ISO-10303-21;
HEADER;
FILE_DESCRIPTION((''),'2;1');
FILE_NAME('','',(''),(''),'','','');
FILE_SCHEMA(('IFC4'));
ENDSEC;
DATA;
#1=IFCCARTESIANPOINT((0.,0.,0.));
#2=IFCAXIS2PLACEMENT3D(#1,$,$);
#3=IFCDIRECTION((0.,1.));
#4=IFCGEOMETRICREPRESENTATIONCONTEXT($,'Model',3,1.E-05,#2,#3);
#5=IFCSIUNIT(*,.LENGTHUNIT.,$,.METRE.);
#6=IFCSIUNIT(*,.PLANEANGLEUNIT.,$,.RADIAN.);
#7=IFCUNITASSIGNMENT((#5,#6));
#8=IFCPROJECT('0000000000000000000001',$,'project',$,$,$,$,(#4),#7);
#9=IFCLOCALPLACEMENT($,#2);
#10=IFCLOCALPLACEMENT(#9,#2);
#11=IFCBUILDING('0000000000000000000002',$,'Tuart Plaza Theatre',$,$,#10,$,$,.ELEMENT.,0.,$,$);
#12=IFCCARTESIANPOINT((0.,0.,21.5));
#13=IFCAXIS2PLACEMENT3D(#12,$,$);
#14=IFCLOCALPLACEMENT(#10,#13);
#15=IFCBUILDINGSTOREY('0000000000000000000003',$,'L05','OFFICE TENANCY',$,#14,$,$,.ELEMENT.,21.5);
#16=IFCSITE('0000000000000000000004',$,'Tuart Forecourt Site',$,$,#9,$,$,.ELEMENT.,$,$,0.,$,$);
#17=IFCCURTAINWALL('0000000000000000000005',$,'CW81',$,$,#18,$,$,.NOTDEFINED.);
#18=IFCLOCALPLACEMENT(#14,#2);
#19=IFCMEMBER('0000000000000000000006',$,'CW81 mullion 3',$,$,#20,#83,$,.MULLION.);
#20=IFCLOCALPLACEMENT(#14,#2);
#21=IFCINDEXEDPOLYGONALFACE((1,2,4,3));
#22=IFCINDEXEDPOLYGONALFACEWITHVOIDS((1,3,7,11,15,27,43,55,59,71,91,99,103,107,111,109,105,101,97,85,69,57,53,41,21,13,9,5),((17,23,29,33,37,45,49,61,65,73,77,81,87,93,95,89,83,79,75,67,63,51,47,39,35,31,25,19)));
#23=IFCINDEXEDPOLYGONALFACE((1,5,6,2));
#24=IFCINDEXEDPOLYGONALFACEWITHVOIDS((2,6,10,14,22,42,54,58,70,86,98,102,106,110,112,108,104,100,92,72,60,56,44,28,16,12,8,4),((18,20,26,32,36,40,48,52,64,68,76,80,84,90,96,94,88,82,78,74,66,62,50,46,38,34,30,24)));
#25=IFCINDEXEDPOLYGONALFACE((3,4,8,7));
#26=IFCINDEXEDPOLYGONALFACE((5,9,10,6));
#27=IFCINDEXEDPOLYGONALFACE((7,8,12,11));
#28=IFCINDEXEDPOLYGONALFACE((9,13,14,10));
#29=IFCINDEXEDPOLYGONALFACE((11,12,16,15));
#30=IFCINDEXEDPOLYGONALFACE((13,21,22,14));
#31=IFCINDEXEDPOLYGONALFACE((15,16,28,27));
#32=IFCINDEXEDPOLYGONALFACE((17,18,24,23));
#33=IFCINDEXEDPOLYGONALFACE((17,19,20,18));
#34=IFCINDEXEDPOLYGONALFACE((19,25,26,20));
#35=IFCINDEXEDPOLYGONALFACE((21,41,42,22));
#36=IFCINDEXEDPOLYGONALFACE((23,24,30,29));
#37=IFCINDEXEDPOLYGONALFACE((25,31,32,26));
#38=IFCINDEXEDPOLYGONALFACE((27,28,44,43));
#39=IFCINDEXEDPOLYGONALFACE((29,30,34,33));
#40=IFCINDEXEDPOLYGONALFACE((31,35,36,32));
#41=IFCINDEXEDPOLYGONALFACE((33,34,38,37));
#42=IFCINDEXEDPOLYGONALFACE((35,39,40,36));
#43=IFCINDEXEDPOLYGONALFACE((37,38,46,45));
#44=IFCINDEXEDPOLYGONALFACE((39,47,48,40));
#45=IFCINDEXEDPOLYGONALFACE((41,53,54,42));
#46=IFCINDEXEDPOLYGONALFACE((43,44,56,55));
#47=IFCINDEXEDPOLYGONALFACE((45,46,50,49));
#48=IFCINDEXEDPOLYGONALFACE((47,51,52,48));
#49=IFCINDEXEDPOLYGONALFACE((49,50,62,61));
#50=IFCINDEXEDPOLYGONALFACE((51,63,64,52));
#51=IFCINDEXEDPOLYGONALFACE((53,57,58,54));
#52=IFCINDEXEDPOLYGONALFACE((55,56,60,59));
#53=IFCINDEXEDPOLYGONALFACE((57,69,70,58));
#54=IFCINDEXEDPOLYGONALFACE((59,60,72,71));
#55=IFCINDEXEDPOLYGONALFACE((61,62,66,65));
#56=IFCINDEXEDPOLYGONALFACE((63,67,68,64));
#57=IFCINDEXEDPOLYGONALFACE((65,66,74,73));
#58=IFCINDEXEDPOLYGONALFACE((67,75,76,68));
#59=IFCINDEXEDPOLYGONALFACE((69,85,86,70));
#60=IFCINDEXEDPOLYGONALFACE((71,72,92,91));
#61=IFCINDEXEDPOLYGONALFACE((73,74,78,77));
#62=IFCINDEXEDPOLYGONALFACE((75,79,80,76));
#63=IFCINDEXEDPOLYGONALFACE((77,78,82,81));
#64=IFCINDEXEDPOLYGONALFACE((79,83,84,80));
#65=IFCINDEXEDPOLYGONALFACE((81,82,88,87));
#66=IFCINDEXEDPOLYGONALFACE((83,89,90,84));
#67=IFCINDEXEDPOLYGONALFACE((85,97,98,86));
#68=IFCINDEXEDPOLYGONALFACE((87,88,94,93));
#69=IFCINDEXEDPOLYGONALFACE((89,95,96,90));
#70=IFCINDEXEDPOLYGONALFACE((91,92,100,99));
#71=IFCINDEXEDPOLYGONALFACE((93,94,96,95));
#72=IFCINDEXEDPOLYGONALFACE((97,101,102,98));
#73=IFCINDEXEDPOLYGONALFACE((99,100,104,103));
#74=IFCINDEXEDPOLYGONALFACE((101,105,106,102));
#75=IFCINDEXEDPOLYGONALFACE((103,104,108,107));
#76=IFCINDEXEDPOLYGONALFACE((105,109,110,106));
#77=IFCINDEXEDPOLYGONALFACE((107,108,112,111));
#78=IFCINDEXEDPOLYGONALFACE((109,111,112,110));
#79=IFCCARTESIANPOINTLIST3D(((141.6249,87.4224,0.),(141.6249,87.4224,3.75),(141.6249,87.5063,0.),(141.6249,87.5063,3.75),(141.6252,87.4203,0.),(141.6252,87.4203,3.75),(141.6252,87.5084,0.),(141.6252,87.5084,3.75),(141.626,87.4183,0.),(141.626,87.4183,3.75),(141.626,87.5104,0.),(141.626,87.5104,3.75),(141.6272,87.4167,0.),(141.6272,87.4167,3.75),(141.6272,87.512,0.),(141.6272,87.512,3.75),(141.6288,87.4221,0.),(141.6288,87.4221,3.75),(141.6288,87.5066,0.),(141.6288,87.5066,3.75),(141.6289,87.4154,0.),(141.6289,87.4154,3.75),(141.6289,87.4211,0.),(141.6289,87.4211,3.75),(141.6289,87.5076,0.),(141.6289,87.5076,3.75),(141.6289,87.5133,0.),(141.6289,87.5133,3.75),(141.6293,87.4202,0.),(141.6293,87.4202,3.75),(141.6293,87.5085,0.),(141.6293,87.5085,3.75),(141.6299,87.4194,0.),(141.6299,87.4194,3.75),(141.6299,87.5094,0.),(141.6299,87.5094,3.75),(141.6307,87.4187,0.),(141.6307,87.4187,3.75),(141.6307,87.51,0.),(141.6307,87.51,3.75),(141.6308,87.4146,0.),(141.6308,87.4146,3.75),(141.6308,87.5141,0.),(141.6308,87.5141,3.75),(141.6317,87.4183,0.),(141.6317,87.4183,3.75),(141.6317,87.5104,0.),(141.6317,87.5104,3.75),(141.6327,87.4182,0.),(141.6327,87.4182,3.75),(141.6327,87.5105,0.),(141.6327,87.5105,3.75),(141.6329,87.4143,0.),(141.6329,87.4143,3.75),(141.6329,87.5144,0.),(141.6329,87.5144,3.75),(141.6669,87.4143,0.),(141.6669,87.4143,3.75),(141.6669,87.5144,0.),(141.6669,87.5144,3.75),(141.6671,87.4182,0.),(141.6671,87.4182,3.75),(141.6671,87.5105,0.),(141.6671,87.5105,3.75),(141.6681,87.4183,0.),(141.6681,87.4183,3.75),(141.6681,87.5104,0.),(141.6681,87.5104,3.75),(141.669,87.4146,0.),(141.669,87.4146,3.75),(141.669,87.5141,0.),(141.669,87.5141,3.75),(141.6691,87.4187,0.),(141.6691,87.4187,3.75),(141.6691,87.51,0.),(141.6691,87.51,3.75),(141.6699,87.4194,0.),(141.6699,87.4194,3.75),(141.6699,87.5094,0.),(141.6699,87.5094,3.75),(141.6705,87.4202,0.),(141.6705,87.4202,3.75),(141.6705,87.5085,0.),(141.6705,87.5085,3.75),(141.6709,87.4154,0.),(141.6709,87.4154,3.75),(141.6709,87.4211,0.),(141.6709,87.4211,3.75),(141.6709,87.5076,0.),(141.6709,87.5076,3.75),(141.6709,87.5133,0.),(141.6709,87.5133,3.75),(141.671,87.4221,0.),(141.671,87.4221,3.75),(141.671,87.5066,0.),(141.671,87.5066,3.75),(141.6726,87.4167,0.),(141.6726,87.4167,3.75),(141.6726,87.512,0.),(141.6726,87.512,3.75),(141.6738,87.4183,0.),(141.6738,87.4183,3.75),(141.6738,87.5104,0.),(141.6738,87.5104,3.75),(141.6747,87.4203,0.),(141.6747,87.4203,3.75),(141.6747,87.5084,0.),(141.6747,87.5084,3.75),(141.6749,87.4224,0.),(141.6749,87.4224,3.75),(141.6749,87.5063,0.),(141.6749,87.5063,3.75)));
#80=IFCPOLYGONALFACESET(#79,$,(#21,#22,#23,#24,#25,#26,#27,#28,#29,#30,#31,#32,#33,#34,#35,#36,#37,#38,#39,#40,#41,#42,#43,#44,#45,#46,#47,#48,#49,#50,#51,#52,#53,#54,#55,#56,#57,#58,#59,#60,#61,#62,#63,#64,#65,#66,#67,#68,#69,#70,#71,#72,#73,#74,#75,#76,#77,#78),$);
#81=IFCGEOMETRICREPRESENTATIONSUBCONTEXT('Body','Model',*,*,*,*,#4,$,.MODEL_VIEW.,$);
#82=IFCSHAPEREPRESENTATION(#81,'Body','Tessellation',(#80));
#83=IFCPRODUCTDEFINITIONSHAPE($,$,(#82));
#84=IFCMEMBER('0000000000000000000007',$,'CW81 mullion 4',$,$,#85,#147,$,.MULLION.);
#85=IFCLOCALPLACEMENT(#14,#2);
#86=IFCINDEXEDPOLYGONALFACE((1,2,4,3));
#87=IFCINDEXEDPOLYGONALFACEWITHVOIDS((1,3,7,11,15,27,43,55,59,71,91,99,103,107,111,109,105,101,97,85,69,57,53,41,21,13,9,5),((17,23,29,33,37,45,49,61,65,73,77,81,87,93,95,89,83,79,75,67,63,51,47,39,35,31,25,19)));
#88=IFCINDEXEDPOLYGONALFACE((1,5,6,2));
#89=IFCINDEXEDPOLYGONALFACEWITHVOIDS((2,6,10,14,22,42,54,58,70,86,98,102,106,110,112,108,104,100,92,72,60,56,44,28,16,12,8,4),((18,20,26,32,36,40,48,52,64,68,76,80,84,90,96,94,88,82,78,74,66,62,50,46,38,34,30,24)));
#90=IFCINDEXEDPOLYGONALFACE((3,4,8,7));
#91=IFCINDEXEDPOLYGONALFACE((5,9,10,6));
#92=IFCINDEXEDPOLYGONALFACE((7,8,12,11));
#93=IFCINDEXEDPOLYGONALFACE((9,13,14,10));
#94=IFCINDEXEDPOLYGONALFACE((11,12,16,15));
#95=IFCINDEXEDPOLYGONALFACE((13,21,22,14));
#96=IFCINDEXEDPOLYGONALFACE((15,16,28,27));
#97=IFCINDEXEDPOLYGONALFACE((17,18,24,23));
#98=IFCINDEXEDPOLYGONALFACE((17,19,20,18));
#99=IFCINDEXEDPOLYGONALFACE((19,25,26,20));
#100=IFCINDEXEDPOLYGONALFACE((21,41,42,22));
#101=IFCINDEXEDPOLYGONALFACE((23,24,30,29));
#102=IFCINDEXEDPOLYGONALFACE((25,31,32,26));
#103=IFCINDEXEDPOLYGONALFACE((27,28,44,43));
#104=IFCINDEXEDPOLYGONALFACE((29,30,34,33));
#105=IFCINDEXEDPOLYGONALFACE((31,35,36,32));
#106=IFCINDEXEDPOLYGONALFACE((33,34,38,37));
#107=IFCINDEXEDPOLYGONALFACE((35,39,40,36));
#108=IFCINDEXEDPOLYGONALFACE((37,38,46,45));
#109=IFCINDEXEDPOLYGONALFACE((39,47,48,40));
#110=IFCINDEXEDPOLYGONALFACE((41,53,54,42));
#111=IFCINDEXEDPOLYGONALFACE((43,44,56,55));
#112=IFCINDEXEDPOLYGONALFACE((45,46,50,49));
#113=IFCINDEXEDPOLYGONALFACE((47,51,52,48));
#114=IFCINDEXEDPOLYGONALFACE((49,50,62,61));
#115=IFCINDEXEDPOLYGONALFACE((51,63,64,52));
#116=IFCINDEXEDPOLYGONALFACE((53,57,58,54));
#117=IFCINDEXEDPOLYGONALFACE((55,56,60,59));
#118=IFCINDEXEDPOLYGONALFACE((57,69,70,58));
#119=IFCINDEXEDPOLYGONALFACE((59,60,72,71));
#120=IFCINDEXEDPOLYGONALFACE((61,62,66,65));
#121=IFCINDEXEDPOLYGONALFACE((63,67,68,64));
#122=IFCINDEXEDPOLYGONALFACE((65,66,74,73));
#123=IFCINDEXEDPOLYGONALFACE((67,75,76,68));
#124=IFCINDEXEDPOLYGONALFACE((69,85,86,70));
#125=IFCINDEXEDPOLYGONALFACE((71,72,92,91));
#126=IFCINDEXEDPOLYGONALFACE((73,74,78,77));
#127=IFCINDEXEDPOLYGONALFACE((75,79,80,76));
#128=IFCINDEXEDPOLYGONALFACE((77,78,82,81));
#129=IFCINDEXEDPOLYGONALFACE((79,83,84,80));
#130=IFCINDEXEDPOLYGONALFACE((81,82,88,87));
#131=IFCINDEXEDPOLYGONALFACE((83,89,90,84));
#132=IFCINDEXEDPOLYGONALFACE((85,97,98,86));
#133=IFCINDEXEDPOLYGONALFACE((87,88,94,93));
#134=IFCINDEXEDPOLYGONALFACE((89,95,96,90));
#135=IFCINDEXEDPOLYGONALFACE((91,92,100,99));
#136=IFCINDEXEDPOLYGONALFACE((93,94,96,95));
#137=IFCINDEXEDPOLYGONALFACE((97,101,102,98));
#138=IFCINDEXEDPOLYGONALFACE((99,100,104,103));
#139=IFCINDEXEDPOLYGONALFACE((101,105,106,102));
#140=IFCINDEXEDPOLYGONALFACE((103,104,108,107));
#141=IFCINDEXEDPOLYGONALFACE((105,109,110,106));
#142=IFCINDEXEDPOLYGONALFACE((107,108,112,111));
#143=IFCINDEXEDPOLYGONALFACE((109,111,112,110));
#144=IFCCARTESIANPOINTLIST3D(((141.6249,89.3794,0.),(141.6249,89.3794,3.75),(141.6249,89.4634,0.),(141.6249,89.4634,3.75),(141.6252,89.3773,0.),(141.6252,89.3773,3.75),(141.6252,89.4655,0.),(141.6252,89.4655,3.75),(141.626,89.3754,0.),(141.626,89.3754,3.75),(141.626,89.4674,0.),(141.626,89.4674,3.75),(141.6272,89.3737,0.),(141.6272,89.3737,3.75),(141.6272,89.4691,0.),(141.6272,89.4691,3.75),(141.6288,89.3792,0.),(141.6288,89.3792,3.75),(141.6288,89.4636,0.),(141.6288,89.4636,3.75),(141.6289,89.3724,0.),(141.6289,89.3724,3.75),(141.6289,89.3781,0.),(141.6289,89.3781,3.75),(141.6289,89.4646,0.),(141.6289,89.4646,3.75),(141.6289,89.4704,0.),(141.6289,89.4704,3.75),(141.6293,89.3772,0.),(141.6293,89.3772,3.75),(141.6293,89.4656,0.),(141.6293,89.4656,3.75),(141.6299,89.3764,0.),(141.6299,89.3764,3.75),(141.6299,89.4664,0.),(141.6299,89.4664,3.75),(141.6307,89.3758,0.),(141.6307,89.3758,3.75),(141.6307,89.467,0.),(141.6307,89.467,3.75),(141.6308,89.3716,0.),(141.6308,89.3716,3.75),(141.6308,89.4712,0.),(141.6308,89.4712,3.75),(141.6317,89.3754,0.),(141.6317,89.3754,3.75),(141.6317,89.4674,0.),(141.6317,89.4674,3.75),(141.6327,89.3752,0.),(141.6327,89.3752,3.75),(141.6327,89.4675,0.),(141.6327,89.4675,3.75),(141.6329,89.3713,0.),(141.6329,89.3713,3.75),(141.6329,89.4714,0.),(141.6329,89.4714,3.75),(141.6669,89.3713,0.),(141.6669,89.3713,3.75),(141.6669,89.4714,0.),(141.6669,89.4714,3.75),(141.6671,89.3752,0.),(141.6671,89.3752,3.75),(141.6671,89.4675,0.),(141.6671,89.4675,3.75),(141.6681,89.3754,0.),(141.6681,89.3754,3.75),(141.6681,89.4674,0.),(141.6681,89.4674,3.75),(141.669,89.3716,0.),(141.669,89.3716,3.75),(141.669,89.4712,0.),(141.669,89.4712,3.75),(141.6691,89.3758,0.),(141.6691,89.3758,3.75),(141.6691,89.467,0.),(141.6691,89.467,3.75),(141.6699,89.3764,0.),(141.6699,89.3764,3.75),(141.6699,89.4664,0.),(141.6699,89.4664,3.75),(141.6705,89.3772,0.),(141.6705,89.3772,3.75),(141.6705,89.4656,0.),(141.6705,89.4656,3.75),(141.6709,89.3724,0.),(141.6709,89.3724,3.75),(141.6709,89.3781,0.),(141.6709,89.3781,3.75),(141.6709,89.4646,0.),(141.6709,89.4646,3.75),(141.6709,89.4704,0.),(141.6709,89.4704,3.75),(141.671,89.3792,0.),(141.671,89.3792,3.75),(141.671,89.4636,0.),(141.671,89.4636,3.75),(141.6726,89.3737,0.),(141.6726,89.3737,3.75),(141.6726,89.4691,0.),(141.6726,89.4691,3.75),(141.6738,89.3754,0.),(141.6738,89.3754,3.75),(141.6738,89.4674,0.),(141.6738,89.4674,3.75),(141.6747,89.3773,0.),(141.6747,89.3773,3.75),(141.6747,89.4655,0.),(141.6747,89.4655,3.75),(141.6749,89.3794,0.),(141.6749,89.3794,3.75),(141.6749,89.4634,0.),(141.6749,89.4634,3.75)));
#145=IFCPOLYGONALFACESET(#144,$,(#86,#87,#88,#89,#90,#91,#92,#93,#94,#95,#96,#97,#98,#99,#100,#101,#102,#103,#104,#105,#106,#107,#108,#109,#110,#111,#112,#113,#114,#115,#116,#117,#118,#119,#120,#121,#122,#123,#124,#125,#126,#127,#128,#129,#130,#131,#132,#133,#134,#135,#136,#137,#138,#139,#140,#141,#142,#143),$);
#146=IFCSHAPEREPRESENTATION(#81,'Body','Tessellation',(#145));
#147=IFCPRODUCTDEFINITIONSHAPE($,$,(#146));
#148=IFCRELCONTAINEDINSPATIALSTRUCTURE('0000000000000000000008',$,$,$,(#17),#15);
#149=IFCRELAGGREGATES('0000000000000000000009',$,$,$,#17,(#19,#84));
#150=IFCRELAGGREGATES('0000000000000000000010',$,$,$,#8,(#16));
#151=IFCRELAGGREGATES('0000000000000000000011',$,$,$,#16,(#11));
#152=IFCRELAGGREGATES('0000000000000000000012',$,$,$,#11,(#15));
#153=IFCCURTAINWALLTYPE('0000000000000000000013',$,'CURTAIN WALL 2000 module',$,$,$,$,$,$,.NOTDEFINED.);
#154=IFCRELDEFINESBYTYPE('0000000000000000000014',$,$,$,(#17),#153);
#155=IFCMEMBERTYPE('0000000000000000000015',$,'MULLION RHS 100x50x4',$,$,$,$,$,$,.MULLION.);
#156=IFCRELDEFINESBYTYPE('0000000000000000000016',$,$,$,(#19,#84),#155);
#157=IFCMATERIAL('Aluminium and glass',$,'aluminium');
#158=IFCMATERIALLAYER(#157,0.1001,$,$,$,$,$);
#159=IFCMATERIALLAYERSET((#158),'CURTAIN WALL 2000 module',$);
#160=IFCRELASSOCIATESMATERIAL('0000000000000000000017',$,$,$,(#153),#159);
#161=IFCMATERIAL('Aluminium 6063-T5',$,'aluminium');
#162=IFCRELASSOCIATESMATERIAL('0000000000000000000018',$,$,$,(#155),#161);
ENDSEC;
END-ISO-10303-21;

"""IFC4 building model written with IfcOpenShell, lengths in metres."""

from ifc_helpers import new_model, si_unit, direction, frame, origin, origin_2d, place, context, subcontext, project, spatial, hollow_rectangle, extrude, material, layer, layer_set, material_profile, profile_set, type_object, element, aggregate, save


model = new_model("IFC4")

# Units and contexts
model_context = context("Model", 3, precision=1e-05, world=origin(), true_north=direction((0.0, 1.0)))
body_context = subcontext(model_context, "Body", "Model", "MODEL_VIEW")
ifc_project = project(units=[si_unit("LENGTHUNIT", "METRE"), si_unit("PLANEANGLEUNIT", "RADIAN")], contexts=[model_context])

# Site, building, storey
site_placement = place(None, origin())
site = spatial("IfcSite", under=ifc_project, at=site_placement, Name="Tuart Forecourt Site", CompositionType="ELEMENT", RefElevation=0.0)
building_placement = place(site_placement, origin())
building = spatial("IfcBuilding", under=site, at=building_placement, Name="Tuart Plaza Theatre", CompositionType="ELEMENT", ElevationOfRefHeight=0.0)
storey_placement = place(building_placement, frame((0.0, 0.0, 21.5)))
storey = spatial("IfcBuildingStorey", under=building, at=storey_placement, Name="L05", Description="OFFICE TENANCY", CompositionType="ELEMENT", Elevation=21.5)

# Shared definitions
ifc_material_1 = material(Name="Aluminium and glass", Category="aluminium")
ifc_layer_1 = layer(ifc_material_1, 0.1001)
ifc_layer_set_1 = layer_set([ifc_layer_1], Name="CURTAIN WALL 2000 module")
curtain_wall_type = type_object("IfcCurtainWallType", Name="CURTAIN WALL 2000 module", PredefinedType="NOTDEFINED", material=ifc_layer_set_1)
ifc_material_2 = material(Name="Aluminium 6063-T5", Category="aluminium")
ifc_material_profile_1 = material_profile(ifc_material_2, hollow_rectangle(XDim=0.05, YDim=0.1001, WallThickness=0.0039, InnerFilletRadius=0.0039, OuterFilletRadius=0.0081, at=origin_2d()), Name="RHS 100x50x4")
ifc_profile_set_1 = profile_set([ifc_material_profile_1], Name="Aluminium 6063-T5")
member_type_1 = type_object("IfcMemberType", Name="MULLION RHS 100x50x4", PredefinedType="MULLION", material=ifc_profile_set_1)

# Curtain wall, members
curtain_wall_1_placement = place(storey_placement, origin())
curtain_wall_1 = element("IfcCurtainWall", 1, at=curtain_wall_1_placement, inside=storey, type_object=curtain_wall_type, Name="CW81", PredefinedType="NOTDEFINED")
member_1_placement = place(storey_placement, frame((141.6499, 87.4644, 0.0), z_axis=(0.0, 0.0, 1.0), x_axis=(-1.0, 0.0, 0.0)))
member_1 = element("IfcMember", 2, at=member_1_placement, type_object=member_type_1, Name="CW81 mullion 3", PredefinedType="MULLION", context=body_context, shape_type="SweptSolid", body=[
    extrude(hollow_rectangle(XDim=0.05, YDim=0.1001, WallThickness=0.0039, InnerFilletRadius=0.0039, OuterFilletRadius=0.0081, at=origin_2d()), origin(), (0.0, 0.0, 1.0), 3.75),
])
member_2_placement = place(storey_placement, frame((141.6499, 89.4214, 0.0), z_axis=(0.0, 0.0, 1.0), x_axis=(-1.0, 0.0, 0.0)))
member_2 = element("IfcMember", 3, at=member_2_placement, type_object=member_type_1, Name="CW81 mullion 4", PredefinedType="MULLION", context=body_context, shape_type="SweptSolid", body=[
    extrude(hollow_rectangle(XDim=0.05, YDim=0.1001, WallThickness=0.0039, InnerFilletRadius=0.0039, OuterFilletRadius=0.0081, at=origin_2d()), origin(), (0.0, 0.0, 1.0), 3.75),
])

aggregate(curtain_wall_1, [member_1, member_2])

save(model, "model.ifc")
